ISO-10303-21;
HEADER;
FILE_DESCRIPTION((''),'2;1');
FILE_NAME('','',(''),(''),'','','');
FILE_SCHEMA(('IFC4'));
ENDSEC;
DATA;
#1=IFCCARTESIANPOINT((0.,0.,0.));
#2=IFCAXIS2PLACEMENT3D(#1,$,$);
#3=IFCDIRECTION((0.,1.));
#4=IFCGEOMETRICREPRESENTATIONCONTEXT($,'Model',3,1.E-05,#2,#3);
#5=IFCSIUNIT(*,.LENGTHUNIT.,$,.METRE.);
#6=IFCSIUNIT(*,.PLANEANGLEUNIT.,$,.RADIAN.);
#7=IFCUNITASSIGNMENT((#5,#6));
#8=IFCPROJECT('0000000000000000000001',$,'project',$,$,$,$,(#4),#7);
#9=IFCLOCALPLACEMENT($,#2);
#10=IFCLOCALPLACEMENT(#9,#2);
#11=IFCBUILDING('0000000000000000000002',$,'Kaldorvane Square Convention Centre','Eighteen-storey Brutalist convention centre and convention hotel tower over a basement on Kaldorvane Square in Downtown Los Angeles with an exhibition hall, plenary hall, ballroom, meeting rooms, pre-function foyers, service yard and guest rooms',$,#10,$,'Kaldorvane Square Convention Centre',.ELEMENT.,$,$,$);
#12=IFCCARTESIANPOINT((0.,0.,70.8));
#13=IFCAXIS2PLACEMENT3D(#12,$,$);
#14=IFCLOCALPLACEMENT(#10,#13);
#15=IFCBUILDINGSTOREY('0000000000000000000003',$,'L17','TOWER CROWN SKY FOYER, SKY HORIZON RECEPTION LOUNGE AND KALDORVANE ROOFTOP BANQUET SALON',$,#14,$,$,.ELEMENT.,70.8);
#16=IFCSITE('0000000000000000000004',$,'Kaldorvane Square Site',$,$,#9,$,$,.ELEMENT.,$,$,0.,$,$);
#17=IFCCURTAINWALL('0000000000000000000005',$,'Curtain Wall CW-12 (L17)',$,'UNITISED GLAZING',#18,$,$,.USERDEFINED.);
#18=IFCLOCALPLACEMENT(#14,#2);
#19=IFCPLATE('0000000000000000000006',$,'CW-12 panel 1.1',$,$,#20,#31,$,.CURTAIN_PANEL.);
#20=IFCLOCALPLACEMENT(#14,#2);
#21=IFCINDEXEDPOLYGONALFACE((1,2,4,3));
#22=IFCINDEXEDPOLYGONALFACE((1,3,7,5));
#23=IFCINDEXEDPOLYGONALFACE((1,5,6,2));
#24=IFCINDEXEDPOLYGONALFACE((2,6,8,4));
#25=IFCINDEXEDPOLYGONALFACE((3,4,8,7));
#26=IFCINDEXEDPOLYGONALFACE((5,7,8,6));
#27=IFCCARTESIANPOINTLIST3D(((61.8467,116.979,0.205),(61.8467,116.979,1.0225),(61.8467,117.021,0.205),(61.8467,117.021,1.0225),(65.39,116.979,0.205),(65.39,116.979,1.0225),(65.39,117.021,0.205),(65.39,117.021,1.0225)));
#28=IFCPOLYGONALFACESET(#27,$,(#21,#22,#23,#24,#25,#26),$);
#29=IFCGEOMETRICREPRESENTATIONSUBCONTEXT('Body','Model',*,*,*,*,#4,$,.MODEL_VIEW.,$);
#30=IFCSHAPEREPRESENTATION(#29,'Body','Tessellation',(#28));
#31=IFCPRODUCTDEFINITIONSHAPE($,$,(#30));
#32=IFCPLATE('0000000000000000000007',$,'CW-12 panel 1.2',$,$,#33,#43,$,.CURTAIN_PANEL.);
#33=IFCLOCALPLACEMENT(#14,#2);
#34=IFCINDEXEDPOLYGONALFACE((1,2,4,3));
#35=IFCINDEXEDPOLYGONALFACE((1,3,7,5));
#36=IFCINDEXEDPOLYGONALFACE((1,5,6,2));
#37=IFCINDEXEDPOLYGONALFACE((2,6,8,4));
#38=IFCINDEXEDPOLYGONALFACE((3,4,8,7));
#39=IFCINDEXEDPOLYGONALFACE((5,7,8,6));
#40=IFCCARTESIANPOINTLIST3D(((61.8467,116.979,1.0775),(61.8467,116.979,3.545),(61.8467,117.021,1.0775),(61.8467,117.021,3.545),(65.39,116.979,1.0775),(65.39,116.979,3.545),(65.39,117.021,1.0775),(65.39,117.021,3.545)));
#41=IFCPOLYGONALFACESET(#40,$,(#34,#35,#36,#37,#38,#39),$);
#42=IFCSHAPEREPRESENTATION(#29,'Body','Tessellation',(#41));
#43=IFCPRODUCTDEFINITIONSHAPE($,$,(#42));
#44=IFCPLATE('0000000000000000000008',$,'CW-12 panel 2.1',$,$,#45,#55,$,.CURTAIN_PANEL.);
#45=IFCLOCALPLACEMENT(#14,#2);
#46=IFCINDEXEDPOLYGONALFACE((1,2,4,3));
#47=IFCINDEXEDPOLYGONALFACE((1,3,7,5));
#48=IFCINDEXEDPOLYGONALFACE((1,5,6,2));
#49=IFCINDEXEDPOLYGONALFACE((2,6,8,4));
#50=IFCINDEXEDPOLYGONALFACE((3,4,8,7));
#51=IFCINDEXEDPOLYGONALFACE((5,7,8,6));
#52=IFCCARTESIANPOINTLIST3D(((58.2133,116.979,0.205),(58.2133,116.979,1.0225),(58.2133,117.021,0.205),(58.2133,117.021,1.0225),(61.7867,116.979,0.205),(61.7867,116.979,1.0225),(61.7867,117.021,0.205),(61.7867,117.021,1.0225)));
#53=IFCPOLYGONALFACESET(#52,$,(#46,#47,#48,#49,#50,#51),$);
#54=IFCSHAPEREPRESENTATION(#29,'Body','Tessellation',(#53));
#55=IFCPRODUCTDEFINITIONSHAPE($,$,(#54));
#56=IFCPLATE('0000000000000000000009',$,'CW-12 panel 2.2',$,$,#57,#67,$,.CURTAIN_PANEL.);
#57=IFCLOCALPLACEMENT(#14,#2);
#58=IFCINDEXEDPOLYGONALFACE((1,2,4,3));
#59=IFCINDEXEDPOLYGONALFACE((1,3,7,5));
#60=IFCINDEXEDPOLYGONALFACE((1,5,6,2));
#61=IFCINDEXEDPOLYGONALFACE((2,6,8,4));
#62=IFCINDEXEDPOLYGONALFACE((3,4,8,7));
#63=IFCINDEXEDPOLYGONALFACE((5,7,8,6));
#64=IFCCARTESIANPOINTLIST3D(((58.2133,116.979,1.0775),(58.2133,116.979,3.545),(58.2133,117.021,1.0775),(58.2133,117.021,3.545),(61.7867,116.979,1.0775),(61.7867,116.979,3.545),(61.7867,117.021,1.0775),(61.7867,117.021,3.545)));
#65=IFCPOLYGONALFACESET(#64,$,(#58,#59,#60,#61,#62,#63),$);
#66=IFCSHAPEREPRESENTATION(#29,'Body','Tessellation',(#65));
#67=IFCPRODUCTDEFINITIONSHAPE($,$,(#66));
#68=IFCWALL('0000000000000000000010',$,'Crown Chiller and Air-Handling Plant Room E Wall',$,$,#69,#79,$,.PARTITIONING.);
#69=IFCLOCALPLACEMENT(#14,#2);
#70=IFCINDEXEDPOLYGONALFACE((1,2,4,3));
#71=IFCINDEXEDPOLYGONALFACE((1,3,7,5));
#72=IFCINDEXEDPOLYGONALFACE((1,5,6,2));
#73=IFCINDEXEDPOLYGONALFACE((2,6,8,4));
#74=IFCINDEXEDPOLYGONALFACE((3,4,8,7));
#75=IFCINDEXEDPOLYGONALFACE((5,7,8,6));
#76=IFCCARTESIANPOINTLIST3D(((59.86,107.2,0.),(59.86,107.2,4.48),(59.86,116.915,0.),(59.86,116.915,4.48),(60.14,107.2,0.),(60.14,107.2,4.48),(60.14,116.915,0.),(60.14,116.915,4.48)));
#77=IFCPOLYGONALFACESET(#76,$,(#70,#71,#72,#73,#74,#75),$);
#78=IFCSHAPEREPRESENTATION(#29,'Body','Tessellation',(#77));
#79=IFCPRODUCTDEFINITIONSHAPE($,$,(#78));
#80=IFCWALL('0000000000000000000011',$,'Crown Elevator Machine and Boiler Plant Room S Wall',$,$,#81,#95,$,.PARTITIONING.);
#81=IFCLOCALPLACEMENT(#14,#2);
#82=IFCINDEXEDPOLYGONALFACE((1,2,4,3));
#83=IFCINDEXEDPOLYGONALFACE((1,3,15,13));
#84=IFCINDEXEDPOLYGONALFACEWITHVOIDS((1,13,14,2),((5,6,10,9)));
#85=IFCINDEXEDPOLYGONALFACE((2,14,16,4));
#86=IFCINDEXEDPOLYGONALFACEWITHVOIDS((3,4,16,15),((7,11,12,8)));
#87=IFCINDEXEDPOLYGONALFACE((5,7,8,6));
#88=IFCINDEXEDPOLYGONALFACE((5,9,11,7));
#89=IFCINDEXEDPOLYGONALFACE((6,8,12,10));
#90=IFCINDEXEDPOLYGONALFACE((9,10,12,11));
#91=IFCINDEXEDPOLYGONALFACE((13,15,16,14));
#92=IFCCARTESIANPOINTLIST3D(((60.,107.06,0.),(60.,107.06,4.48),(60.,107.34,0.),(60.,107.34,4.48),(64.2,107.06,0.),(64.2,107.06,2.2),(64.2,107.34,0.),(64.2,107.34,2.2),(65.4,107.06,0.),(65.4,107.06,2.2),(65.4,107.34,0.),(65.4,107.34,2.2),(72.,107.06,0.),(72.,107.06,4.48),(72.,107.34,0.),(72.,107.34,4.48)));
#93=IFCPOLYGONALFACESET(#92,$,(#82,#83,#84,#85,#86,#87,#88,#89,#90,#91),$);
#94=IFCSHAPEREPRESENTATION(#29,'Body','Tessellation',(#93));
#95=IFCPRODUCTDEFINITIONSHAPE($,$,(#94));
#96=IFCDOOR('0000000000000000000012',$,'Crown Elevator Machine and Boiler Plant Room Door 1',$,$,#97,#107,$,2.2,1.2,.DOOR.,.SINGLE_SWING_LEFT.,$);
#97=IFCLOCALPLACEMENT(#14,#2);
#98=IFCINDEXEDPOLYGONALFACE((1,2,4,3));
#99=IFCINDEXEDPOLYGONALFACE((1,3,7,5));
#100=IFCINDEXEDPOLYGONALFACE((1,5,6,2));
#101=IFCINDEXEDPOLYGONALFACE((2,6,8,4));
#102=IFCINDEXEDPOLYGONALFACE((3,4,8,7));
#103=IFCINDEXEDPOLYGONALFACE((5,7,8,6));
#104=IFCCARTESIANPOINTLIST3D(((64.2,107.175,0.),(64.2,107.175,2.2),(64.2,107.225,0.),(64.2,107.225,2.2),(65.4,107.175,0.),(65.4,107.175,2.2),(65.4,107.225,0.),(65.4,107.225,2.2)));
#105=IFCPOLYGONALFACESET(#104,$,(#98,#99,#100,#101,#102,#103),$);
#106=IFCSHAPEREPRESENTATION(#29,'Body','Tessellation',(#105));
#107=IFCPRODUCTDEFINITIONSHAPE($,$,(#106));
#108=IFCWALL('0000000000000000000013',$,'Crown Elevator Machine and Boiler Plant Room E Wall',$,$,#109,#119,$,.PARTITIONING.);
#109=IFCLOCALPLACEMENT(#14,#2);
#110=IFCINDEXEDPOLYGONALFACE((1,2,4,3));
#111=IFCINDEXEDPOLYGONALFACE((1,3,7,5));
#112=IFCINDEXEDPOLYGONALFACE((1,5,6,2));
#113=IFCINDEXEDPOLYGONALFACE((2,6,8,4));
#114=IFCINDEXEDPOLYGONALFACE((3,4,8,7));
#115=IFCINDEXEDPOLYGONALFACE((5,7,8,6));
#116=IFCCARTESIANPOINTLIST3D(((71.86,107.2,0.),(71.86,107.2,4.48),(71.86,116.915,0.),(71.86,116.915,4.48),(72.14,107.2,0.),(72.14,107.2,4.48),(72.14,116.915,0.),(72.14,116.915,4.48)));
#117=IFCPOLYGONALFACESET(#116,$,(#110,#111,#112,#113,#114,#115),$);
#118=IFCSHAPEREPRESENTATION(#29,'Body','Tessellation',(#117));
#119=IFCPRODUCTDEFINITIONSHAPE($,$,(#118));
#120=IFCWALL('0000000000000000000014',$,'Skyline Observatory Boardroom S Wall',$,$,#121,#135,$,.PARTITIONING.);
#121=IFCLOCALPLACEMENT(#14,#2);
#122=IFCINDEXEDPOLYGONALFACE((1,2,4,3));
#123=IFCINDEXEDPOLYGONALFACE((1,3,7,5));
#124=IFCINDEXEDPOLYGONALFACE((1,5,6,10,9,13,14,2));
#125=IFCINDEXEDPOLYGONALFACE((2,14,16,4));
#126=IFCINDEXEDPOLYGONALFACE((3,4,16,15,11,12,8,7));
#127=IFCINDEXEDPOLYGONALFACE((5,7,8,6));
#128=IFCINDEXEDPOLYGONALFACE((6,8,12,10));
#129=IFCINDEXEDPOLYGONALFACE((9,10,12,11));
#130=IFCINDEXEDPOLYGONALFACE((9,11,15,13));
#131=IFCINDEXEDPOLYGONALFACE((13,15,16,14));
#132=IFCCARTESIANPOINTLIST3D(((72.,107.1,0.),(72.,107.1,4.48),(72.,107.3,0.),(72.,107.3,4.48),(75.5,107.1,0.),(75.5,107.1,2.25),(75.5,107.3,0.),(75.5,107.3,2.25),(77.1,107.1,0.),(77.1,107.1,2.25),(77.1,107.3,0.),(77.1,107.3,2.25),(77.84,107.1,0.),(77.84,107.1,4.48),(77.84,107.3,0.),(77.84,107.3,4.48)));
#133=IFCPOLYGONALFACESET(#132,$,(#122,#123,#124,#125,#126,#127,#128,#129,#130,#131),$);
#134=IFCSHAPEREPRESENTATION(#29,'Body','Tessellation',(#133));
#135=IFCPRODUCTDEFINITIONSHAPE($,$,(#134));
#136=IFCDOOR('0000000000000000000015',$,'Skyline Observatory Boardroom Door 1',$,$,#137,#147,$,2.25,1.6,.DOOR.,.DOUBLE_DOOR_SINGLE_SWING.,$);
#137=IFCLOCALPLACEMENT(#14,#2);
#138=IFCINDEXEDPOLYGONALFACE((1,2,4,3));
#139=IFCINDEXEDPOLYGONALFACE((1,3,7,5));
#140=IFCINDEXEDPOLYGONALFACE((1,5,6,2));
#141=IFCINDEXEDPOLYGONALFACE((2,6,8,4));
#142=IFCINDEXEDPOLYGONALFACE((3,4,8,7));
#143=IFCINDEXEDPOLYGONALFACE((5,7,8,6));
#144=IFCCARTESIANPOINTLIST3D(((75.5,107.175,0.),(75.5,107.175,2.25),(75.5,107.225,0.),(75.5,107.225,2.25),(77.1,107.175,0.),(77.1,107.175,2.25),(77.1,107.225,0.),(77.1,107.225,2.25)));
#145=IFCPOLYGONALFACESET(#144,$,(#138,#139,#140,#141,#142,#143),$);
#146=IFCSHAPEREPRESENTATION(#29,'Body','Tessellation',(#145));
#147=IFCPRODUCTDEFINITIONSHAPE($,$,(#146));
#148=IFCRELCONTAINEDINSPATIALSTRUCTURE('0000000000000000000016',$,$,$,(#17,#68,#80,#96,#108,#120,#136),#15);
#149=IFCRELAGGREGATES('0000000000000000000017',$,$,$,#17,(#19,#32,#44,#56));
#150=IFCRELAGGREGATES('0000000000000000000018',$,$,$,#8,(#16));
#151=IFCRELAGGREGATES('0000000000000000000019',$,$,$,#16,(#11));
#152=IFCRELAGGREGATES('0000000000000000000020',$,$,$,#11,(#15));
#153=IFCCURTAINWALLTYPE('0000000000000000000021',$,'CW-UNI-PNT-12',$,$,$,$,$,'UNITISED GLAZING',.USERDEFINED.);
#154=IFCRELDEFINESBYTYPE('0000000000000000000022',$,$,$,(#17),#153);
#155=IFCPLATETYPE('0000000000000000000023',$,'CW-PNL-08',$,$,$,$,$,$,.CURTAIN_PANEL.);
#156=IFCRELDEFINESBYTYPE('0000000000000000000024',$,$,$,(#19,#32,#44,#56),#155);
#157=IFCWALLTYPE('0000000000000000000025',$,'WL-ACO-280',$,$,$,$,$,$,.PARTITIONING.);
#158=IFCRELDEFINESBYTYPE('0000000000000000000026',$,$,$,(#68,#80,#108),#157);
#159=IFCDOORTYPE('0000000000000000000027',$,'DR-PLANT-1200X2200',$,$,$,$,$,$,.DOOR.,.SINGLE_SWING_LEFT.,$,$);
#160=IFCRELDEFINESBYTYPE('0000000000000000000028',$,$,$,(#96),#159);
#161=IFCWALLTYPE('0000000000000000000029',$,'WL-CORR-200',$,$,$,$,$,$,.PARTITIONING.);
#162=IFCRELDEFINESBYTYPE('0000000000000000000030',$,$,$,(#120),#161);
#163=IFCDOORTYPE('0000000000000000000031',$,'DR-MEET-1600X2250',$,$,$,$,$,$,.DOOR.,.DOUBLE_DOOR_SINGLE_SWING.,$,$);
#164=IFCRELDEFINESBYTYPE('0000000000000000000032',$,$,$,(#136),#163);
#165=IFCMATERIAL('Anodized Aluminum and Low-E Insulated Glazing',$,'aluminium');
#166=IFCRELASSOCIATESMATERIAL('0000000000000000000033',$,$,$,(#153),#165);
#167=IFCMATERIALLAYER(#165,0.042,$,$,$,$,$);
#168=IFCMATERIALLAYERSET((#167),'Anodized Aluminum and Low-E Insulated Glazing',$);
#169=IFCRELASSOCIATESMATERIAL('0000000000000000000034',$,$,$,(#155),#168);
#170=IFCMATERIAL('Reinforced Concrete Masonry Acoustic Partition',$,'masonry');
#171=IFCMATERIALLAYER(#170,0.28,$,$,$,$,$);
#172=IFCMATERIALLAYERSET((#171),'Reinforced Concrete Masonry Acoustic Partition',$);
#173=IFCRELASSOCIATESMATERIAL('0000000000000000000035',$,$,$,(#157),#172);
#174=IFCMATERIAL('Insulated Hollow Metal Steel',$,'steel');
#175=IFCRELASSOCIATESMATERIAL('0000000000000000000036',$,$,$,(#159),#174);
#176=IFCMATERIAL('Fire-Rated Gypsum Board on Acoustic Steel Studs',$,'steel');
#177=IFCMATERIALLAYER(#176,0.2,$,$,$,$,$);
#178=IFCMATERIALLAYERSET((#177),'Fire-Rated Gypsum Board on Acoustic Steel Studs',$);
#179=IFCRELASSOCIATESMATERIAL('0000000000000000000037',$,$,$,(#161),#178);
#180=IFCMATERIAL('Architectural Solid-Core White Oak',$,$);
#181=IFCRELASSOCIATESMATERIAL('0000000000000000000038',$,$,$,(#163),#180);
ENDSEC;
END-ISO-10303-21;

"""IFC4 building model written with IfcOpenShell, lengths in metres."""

from ifc_helpers import new_model, si_unit, direction, frame, frame_2d, origin, origin_2d, place, context, subcontext, project, spatial, rectangle, extrude, material, layer, layer_set, type_object, element, fill, aggregate, save


model = new_model("IFC4")

# Units and contexts
model_context = context("Model", 3, precision=1e-05, world=origin(), true_north=direction((0.0, 1.0)))
body_context = subcontext(model_context, "Body", "Model", "MODEL_VIEW")
ifc_project = project(units=[si_unit("LENGTHUNIT", "METRE"), si_unit("PLANEANGLEUNIT", "RADIAN")], contexts=[model_context])

# Site, building, storey
site_placement = place(None, origin())
site = spatial("IfcSite", under=ifc_project, at=site_placement, Name="Kaldorvane Square Site", CompositionType="ELEMENT", RefElevation=0.0)
building_placement = place(site_placement, origin())
building = spatial("IfcBuilding", under=site, at=building_placement, Name="Kaldorvane Square Convention Centre", Description="Eighteen-storey Brutalist convention centre and convention hotel tower over a basement on Kaldorvane Square in Downtown Los Angeles with an exhibition hall, plenary hall, ballroom, meeting rooms, pre-function foyers, service yard and guest rooms", LongName="Kaldorvane Square Convention Centre", CompositionType="ELEMENT")
storey_placement = place(building_placement, frame((0.0, 0.0, 70.8)))
storey = spatial("IfcBuildingStorey", under=building, at=storey_placement, Name="L17", Description="TOWER CROWN SKY FOYER, SKY HORIZON RECEPTION LOUNGE AND KALDORVANE ROOFTOP BANQUET SALON", CompositionType="ELEMENT", Elevation=70.8)

# Curtain wall, plates
ifc_material_1 = material(Name="Anodized Aluminum and Low-E Insulated Glazing", Category="aluminium")
curtain_wall_type = type_object("IfcCurtainWallType", Name="CW-UNI-PNT-12", ElementType="UNITISED GLAZING", PredefinedType="USERDEFINED", material=ifc_material_1)
curtain_wall_placement = place(storey_placement, origin())
curtain_wall = element("IfcCurtainWall", 1, at=curtain_wall_placement, inside=storey, type_object=curtain_wall_type, Name="Curtain Wall CW-12 (L17)", ObjectType="UNITISED GLAZING", PredefinedType="USERDEFINED")
ifc_layer_1 = layer(ifc_material_1, 0.042)
ifc_layer_set_1 = layer_set([ifc_layer_1], Name="Anodized Aluminum and Low-E Insulated Glazing")
plate_type = type_object("IfcPlateType", Name="CW-PNL-08", PredefinedType="CURTAIN_PANEL", material=ifc_layer_set_1)
plate_1_placement = place(storey_placement, frame((63.6183, 117.0, 0.205), z_axis=(0.0, 0.0, 1.0), x_axis=(-1.0, 0.0, 0.0)))
plate_1 = element("IfcPlate", 2, at=plate_1_placement, type_object=plate_type, Name="CW-12 panel 1.1", PredefinedType="CURTAIN_PANEL", context=body_context, shape_type="SweptSolid", body=[
    extrude(rectangle(XDim=3.5433, YDim=0.042, at=origin_2d()), origin(), (0.0, 0.0, 1.0), 0.8175),
])
plate_2_placement = place(storey_placement, frame((63.6183, 117.0, 1.0775), z_axis=(0.0, 0.0, 1.0), x_axis=(-1.0, 0.0, 0.0)))
plate_2 = element("IfcPlate", 3, at=plate_2_placement, type_object=plate_type, Name="CW-12 panel 1.2", PredefinedType="CURTAIN_PANEL", context=body_context, shape_type="SweptSolid", body=[
    extrude(rectangle(XDim=3.5433, YDim=0.042, at=origin_2d()), origin(), (0.0, 0.0, 1.0), 2.4675),
])
plate_3_placement = place(storey_placement, frame((60.0, 117.0, 0.205), z_axis=(0.0, 0.0, 1.0), x_axis=(-1.0, 0.0, 0.0)))
plate_3 = element("IfcPlate", 4, at=plate_3_placement, type_object=plate_type, Name="CW-12 panel 2.1", PredefinedType="CURTAIN_PANEL", context=body_context, shape_type="SweptSolid", body=[
    extrude(rectangle(XDim=3.5733, YDim=0.042, at=origin_2d()), origin(), (0.0, 0.0, 1.0), 0.8175),
])
plate_4_placement = place(storey_placement, frame((60.0, 117.0, 1.0775), z_axis=(0.0, 0.0, 1.0), x_axis=(-1.0, 0.0, 0.0)))
plate_4 = element("IfcPlate", 5, at=plate_4_placement, type_object=plate_type, Name="CW-12 panel 2.2", PredefinedType="CURTAIN_PANEL", context=body_context, shape_type="SweptSolid", body=[
    extrude(rectangle(XDim=3.5733, YDim=0.042, at=origin_2d()), origin(), (0.0, 0.0, 1.0), 2.4675),
])
aggregate(curtain_wall, [plate_1, plate_2, plate_3, plate_4])

# Wall
ifc_material_2 = material(Name="Reinforced Concrete Masonry Acoustic Partition", Category="masonry")
ifc_layer_2 = layer(ifc_material_2, 0.28)
ifc_layer_set_2 = layer_set([ifc_layer_2], Name="Reinforced Concrete Masonry Acoustic Partition")
wall_type_1 = type_object("IfcWallType", Name="WL-ACO-280", PredefinedType="PARTITIONING", material=ifc_layer_set_2)
wall_1_placement = place(storey_placement, frame((60.0, 107.2, 0.0), z_axis=(0.0, 0.0, 1.0), x_axis=(0.0, 1.0, 0.0)))
element("IfcWall", 6, at=wall_1_placement, inside=storey, type_object=wall_type_1, Name="Crown Chiller and Air-Handling Plant Room E Wall", PredefinedType="PARTITIONING", context=body_context, shape_type="SweptSolid", body=[
    extrude(rectangle(XDim=9.715, YDim=0.28, at=frame_2d((4.8575, 0.0))), origin(), (0.0, 0.0, 1.0), 4.48),
])

# Wall, opening, door
wall_2_placement = place(storey_placement, frame((60.0, 107.2, 0.0), z_axis=(0.0, 0.0, 1.0), x_axis=(1.0, 0.0, 0.0)))
wall_2 = element("IfcWall", 7, at=wall_2_placement, inside=storey, type_object=wall_type_1, Name="Crown Elevator Machine and Boiler Plant Room S Wall", PredefinedType="PARTITIONING", context=body_context, shape_type="SweptSolid", body=[
    extrude(rectangle(XDim=12.0, YDim=0.28, at=frame_2d((6.0, 0.0))), origin(), (0.0, 0.0, 1.0), 4.48),
])
opening_1_placement = place(wall_2_placement, frame((4.2, 0.0, 0.0)))
opening_1 = element("IfcOpeningElement", 8, at=opening_1_placement, cuts=wall_2, PredefinedType="OPENING", context=body_context, shape_type="SweptSolid", body=[
    extrude(rectangle(XDim=1.2, YDim=2.2, at=frame_2d((0.6, 1.1))), frame((0.0, 0.155, 0.0), z_axis=(0.0, -1.0, 0.0), x_axis=(1.0, 0.0, 0.0)), (0.0, 0.0, 1.0), 0.31),
])
ifc_material_3 = material(Name="Insulated Hollow Metal Steel", Category="steel")
door_type_1 = type_object("IfcDoorType", Name="DR-PLANT-1200X2200", OperationType="SINGLE_SWING_LEFT", PredefinedType="DOOR", material=ifc_material_3)
door_1_placement = place(opening_1_placement, origin())
door_1 = element("IfcDoor", 9, at=door_1_placement, inside=storey, type_object=door_type_1, Name="Crown Elevator Machine and Boiler Plant Room Door 1", OperationType="SINGLE_SWING_LEFT", OverallHeight=2.2, OverallWidth=1.2, PredefinedType="DOOR", context=body_context, shape_type="SweptSolid", body=[
    extrude(rectangle(XDim=1.2, YDim=2.2, at=frame_2d((0.6, 1.1))), frame((0.0, 0.025, 0.0), z_axis=(0.0, -1.0, 0.0), x_axis=(1.0, 0.0, 0.0)), (0.0, 0.0, 1.0), 0.05),
])
fill(opening_1, door_1)

# Wall
wall_3_placement = place(storey_placement, frame((72.0, 107.2, 0.0), z_axis=(0.0, 0.0, 1.0), x_axis=(0.0, 1.0, 0.0)))
element("IfcWall", 10, at=wall_3_placement, inside=storey, type_object=wall_type_1, Name="Crown Elevator Machine and Boiler Plant Room E Wall", PredefinedType="PARTITIONING", context=body_context, shape_type="SweptSolid", body=[
    extrude(rectangle(XDim=9.715, YDim=0.28, at=frame_2d((4.8575, 0.0))), origin(), (0.0, 0.0, 1.0), 4.48),
])

# Wall, opening, door
ifc_material_4 = material(Name="Fire-Rated Gypsum Board on Acoustic Steel Studs", Category="steel")
ifc_layer_3 = layer(ifc_material_4, 0.2)
ifc_layer_set_3 = layer_set([ifc_layer_3], Name="Fire-Rated Gypsum Board on Acoustic Steel Studs")
wall_type_2 = type_object("IfcWallType", Name="WL-CORR-200", PredefinedType="PARTITIONING", material=ifc_layer_set_3)
wall_4_placement = place(storey_placement, frame((72.0, 107.2, 0.0), z_axis=(0.0, 0.0, 1.0), x_axis=(1.0, 0.0, 0.0)))
wall_4 = element("IfcWall", 11, at=wall_4_placement, inside=storey, type_object=wall_type_2, Name="Skyline Observatory Boardroom S Wall", PredefinedType="PARTITIONING", context=body_context, shape_type="SweptSolid", body=[
    extrude(rectangle(XDim=5.84, YDim=0.2, at=frame_2d((2.92, 0.0))), origin(), (0.0, 0.0, 1.0), 4.48),
])
opening_2_placement = place(wall_4_placement, frame((3.5, 0.0, 0.0)))
opening_2 = element("IfcOpeningElement", 12, at=opening_2_placement, cuts=wall_4, PredefinedType="OPENING", context=body_context, shape_type="SweptSolid", body=[
    extrude(rectangle(XDim=1.6, YDim=2.25, at=frame_2d((0.8, 1.125))), frame((0.0, 0.115, 0.0), z_axis=(0.0, -1.0, 0.0), x_axis=(1.0, 0.0, 0.0)), (0.0, 0.0, 1.0), 0.23),
])
ifc_material_5 = material(Name="Architectural Solid-Core White Oak")
door_type_2 = type_object("IfcDoorType", Name="DR-MEET-1600X2250", OperationType="DOUBLE_DOOR_SINGLE_SWING", PredefinedType="DOOR", material=ifc_material_5)
door_2_placement = place(opening_2_placement, origin())
door_2 = element("IfcDoor", 13, at=door_2_placement, inside=storey, type_object=door_type_2, Name="Skyline Observatory Boardroom Door 1", OperationType="DOUBLE_DOOR_SINGLE_SWING", OverallHeight=2.25, OverallWidth=1.6, PredefinedType="DOOR", context=body_context, shape_type="SweptSolid", body=[
    extrude(rectangle(XDim=1.6, YDim=2.25, at=frame_2d((0.8, 1.125))), frame((0.0, 0.025, 0.0), z_axis=(0.0, -1.0, 0.0), x_axis=(1.0, 0.0, 0.0)), (0.0, 0.0, 1.0), 0.05),
])
fill(opening_2, door_2)

save(model, "model.ifc")
